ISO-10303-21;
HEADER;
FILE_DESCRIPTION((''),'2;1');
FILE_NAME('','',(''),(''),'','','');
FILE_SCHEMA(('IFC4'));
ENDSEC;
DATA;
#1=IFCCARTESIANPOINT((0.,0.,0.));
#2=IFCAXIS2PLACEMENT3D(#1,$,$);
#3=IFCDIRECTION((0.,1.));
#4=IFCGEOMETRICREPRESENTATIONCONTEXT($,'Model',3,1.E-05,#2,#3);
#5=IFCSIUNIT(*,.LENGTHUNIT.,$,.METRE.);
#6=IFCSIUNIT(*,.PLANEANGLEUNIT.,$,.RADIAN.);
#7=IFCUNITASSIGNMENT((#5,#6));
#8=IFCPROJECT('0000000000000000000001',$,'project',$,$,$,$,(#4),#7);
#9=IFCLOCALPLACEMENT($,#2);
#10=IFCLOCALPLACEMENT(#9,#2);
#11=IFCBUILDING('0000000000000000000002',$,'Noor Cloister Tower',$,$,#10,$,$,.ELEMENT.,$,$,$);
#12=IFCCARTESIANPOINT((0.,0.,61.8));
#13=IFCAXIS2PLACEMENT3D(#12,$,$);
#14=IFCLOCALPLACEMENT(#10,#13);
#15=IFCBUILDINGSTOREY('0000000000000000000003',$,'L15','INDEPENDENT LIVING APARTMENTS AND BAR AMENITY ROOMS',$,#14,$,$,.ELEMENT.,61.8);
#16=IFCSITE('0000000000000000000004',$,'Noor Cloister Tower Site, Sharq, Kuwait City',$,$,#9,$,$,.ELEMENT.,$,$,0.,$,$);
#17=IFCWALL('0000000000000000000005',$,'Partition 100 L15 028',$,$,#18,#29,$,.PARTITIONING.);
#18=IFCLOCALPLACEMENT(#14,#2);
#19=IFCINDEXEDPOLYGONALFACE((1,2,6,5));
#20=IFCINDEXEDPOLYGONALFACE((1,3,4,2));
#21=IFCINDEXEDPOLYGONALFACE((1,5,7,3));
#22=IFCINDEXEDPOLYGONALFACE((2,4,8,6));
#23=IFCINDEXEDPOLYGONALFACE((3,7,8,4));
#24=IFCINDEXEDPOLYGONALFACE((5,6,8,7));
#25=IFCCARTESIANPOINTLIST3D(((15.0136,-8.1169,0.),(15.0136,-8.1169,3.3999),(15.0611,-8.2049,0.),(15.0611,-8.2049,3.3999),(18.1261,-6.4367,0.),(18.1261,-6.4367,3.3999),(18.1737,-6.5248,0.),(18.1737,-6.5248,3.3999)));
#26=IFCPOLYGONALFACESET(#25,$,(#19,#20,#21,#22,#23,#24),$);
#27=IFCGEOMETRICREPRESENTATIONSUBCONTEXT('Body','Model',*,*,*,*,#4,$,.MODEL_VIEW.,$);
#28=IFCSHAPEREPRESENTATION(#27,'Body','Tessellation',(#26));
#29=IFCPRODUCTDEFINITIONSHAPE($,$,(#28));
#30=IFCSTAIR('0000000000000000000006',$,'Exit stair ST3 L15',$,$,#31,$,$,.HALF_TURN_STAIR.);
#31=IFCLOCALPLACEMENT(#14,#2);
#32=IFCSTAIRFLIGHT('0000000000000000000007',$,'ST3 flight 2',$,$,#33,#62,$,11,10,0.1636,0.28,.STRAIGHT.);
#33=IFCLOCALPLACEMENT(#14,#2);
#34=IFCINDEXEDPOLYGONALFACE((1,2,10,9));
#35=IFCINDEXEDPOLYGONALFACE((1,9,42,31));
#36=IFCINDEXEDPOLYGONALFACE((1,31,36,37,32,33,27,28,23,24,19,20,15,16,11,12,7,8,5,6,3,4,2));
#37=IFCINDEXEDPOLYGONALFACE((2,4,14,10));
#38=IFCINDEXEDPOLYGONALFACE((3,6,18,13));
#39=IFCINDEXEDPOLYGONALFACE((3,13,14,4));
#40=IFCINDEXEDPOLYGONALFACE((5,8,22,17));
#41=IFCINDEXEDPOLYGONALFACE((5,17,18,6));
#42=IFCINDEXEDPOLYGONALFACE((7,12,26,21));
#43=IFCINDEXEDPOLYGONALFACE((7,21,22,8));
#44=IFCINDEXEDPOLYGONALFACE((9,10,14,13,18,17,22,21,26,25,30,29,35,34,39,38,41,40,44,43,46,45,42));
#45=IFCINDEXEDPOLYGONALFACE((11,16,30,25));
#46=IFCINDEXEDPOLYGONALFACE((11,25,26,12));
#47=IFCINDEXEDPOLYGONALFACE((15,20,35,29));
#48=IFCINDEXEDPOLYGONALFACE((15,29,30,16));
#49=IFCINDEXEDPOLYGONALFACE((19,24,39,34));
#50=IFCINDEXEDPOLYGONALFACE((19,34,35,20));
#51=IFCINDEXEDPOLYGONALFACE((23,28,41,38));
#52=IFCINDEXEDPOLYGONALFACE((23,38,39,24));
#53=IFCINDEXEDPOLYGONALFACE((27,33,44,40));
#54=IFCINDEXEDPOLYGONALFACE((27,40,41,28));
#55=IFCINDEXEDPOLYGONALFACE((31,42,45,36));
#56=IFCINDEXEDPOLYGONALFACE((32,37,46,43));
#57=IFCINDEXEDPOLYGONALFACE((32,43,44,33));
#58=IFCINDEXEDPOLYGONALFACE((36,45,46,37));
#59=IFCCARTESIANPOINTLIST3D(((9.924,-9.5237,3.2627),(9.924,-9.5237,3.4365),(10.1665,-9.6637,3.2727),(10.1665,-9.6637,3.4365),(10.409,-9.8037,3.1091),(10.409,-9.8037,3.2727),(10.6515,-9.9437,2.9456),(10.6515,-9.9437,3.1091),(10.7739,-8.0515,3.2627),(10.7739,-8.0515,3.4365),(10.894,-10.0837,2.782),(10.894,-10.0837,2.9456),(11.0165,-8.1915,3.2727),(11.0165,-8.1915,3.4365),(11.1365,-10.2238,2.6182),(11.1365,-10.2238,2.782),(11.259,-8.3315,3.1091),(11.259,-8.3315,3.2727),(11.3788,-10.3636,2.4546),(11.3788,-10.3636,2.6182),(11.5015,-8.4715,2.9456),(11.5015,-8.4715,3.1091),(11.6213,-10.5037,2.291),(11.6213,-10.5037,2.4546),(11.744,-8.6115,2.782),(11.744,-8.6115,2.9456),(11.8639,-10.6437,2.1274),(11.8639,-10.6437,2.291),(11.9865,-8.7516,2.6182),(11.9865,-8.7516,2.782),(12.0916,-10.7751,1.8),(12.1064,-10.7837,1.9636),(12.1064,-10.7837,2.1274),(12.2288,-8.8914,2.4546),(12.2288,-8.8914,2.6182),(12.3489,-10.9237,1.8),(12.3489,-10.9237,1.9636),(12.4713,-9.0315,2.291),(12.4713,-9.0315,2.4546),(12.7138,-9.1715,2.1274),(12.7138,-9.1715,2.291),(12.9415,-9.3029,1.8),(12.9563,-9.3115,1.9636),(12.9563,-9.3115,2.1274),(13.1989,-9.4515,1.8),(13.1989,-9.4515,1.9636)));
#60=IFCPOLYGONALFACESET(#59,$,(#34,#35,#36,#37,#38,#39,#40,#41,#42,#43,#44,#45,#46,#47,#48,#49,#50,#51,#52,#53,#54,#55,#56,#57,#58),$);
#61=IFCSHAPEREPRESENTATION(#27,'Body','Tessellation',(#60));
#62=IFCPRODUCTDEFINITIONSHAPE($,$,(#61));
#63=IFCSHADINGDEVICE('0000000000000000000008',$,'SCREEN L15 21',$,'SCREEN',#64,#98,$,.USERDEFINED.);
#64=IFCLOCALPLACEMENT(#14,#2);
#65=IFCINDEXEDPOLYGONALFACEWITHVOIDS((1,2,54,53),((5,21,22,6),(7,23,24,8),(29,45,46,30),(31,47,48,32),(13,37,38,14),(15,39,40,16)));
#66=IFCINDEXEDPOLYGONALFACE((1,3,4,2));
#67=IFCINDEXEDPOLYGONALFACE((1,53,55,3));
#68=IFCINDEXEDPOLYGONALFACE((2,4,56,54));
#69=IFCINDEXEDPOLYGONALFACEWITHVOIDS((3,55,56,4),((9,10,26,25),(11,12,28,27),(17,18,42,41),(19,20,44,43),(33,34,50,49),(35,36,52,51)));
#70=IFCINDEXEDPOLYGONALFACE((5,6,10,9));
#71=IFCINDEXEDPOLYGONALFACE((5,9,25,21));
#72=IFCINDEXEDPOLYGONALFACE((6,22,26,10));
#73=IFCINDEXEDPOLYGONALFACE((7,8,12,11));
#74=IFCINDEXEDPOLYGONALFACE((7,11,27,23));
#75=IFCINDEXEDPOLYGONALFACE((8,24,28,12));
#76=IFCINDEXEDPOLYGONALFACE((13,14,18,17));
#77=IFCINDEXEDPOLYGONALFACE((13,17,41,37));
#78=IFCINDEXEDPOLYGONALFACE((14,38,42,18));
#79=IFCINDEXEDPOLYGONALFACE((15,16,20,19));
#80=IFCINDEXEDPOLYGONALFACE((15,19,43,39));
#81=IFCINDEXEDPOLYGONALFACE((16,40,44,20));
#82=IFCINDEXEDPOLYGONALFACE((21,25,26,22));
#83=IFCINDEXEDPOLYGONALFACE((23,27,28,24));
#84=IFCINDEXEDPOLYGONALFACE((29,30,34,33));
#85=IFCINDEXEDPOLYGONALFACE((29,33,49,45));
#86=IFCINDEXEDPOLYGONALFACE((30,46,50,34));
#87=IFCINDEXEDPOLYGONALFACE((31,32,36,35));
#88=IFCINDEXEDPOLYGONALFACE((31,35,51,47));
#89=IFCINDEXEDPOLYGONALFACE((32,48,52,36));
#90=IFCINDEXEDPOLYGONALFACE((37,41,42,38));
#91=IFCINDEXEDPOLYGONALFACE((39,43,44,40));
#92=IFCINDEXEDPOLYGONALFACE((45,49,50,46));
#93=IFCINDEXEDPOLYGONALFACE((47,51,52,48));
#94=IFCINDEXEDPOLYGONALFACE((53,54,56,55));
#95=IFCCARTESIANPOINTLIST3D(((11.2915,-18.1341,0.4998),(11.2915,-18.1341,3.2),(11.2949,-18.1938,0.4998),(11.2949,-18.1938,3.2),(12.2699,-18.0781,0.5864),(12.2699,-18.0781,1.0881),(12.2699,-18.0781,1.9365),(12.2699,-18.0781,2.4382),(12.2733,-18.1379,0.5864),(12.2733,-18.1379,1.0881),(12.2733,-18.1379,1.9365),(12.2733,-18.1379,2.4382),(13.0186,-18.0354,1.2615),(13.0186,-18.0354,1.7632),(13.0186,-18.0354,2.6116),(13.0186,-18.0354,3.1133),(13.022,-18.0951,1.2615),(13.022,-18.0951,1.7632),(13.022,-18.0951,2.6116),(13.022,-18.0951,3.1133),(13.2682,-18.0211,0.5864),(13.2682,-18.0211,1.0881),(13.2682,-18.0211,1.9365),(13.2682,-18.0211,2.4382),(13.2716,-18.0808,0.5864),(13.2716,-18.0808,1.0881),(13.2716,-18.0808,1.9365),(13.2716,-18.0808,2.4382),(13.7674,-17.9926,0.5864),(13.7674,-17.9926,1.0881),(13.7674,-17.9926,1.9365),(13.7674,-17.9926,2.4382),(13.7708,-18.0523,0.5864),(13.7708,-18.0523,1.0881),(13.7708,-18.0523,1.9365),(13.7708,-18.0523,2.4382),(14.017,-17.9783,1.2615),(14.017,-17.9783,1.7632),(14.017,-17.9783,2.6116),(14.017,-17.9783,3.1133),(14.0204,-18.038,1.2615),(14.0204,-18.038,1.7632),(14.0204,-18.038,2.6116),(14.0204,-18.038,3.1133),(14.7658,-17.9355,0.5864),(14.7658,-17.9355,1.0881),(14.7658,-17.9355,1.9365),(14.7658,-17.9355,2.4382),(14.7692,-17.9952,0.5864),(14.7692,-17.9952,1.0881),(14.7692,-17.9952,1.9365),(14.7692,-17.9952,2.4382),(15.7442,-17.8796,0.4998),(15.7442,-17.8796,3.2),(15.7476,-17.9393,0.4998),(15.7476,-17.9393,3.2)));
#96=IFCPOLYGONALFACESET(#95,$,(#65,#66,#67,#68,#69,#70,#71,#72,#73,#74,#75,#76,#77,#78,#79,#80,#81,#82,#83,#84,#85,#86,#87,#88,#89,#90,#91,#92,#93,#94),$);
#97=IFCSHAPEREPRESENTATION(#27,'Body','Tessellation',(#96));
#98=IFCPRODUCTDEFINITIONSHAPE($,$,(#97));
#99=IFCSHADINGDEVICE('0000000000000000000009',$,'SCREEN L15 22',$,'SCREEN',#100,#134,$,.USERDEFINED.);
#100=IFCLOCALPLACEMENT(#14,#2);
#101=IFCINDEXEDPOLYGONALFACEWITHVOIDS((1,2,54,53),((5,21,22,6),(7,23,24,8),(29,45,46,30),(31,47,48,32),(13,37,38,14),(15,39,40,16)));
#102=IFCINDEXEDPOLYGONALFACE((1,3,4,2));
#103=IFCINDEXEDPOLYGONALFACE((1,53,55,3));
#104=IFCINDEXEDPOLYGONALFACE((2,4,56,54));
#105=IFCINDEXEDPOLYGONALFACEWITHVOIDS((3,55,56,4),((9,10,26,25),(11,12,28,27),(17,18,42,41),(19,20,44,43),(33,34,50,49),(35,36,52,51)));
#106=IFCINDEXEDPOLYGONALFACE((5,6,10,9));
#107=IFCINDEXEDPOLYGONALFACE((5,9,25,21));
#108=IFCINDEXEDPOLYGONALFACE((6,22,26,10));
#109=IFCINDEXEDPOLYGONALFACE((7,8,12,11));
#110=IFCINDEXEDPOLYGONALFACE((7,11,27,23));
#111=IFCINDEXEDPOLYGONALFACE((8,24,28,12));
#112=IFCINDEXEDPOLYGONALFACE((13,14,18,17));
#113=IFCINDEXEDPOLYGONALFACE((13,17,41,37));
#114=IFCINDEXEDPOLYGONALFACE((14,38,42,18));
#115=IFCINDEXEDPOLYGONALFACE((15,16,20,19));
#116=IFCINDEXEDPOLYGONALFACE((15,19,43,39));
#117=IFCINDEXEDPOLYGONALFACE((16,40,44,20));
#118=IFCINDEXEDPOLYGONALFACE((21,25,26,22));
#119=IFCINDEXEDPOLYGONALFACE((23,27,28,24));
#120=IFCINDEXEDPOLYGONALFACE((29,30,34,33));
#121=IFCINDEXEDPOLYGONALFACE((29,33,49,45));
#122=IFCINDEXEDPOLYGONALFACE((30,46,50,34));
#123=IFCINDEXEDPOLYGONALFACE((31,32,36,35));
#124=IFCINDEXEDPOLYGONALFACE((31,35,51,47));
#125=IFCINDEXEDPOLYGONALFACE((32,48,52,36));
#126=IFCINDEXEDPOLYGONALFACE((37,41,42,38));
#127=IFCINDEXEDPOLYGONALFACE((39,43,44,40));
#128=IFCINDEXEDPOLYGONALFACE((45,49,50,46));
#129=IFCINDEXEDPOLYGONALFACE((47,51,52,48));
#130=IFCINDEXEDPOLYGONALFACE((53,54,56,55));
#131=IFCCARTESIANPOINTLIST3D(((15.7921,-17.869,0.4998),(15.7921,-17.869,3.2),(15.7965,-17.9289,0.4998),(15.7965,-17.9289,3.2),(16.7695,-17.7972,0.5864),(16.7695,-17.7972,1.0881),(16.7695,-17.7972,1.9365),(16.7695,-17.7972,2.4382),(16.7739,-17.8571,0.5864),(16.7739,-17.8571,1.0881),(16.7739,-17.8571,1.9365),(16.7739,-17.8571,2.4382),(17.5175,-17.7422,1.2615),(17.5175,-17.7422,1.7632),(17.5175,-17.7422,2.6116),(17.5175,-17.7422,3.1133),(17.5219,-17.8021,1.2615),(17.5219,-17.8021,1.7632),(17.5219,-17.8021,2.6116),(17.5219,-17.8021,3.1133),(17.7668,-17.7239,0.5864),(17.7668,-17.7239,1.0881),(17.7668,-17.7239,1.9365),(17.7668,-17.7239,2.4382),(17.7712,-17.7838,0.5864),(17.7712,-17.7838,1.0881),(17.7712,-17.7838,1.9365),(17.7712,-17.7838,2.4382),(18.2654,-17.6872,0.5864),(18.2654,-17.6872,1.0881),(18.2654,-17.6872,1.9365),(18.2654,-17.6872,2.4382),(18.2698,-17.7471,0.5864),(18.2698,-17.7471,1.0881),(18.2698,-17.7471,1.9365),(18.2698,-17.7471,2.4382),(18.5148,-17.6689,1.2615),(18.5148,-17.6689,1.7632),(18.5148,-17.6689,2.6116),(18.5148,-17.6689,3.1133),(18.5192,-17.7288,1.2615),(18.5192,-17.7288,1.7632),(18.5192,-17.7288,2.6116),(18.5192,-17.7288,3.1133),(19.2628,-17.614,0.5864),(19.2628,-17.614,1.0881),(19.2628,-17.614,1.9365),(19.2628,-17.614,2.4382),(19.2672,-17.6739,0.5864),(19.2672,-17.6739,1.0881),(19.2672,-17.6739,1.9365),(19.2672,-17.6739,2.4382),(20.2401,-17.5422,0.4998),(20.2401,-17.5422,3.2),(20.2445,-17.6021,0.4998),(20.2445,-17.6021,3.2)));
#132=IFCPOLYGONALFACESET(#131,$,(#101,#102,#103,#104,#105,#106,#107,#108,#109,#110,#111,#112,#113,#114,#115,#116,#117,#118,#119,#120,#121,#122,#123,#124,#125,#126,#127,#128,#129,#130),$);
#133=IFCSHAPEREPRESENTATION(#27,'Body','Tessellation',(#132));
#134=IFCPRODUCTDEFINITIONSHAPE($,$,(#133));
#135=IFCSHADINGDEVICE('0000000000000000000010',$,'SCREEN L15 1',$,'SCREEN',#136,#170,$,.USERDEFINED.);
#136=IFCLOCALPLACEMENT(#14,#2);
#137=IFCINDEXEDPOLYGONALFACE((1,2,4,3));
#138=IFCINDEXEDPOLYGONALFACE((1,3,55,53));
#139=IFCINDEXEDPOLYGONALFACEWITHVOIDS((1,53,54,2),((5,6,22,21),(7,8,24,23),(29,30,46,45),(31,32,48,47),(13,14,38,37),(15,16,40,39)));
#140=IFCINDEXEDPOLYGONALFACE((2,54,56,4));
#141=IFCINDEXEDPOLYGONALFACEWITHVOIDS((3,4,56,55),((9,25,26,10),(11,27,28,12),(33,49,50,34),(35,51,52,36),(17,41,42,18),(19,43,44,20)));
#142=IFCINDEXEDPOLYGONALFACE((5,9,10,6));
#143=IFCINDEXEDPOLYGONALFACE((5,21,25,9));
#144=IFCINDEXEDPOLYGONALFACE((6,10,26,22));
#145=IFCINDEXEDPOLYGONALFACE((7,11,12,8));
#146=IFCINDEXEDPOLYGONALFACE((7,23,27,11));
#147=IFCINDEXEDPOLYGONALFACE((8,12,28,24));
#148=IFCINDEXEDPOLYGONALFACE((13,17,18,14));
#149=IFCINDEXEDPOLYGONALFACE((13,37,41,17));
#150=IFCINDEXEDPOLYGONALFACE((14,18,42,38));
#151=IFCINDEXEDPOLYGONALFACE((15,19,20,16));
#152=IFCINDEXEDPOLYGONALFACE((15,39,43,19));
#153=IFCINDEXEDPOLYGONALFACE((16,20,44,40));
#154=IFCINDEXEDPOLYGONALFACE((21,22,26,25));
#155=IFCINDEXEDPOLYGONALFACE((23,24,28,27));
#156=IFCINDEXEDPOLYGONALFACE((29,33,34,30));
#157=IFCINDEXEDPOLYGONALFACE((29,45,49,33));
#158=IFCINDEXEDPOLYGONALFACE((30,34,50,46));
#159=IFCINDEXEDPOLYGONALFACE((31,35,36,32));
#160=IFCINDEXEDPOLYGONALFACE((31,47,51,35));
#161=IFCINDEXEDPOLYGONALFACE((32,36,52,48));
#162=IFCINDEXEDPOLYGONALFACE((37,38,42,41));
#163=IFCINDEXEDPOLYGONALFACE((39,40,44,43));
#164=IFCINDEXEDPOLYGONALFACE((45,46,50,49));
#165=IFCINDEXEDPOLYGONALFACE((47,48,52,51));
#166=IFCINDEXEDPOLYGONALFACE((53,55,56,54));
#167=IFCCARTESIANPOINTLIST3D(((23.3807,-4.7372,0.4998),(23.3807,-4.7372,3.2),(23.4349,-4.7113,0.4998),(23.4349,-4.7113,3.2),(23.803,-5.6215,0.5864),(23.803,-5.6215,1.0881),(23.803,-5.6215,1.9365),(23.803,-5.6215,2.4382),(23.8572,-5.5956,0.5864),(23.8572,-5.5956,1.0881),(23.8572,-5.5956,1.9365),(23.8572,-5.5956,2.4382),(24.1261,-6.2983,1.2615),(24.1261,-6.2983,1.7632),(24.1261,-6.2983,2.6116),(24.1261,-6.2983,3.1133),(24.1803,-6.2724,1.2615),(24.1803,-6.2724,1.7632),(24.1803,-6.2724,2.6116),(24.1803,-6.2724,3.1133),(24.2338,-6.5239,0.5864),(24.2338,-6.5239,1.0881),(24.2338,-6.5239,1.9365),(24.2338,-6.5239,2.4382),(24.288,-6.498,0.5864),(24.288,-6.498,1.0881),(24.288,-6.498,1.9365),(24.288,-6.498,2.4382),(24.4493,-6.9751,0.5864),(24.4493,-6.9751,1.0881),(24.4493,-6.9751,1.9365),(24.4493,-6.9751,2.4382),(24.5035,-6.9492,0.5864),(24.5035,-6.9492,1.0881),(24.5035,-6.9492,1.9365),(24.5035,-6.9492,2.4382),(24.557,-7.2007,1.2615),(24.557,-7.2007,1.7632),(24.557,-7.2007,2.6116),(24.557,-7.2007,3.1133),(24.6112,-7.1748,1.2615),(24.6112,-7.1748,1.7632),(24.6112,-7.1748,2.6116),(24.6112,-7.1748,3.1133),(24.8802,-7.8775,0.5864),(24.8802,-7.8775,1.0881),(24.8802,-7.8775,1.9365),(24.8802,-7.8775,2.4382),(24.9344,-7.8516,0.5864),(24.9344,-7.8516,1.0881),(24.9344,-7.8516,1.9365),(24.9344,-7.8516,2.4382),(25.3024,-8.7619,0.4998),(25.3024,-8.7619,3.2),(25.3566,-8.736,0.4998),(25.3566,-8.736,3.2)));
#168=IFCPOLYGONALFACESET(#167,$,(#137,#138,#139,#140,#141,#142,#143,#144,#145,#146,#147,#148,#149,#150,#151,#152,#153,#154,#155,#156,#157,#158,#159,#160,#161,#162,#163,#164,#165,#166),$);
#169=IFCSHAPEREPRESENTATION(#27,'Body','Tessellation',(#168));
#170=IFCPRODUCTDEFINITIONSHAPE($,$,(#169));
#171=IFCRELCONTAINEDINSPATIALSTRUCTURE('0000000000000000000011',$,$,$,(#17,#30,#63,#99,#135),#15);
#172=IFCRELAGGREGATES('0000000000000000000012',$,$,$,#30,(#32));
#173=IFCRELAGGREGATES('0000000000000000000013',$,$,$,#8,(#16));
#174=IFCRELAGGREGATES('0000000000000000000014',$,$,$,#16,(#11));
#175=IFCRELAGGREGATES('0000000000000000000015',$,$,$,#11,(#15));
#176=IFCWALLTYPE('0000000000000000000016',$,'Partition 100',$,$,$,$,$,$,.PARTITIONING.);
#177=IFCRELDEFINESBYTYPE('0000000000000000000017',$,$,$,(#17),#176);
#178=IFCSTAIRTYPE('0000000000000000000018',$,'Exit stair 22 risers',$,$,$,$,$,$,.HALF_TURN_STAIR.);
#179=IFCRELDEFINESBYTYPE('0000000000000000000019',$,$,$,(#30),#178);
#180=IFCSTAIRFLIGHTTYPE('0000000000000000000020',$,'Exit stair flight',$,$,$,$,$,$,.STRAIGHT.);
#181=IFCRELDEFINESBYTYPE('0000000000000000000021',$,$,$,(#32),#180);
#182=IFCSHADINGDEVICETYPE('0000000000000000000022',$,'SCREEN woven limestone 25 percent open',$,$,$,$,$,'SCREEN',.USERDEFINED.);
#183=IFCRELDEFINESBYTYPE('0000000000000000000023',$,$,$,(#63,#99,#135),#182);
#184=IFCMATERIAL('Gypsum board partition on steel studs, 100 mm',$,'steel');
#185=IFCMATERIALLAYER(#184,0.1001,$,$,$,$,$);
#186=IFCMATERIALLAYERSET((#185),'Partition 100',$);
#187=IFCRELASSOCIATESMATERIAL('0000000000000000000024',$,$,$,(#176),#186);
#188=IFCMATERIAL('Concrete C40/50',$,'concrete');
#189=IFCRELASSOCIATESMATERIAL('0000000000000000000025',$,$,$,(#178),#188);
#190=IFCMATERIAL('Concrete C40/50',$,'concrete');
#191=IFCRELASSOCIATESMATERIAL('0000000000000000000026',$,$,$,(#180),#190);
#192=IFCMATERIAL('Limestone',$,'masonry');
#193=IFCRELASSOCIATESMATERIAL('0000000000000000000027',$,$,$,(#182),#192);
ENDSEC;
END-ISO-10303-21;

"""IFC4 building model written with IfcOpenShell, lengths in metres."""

from ifc_helpers import new_model, si_unit, direction, frame, frame_2d, origin, place, context, subcontext, project, spatial, polyline, rectangle, outline, extrude, material, layer, layer_set, material_profile, profile_set, type_object, element, aggregate, save


model = new_model("IFC4")

# Units and contexts
model_context = context("Model", 3, precision=1e-05, world=origin(), true_north=direction((0.0, 1.0)))
body_context = subcontext(model_context, "Body", "Model", "MODEL_VIEW")
ifc_project = project(units=[si_unit("LENGTHUNIT", "METRE"), si_unit("PLANEANGLEUNIT", "RADIAN")], contexts=[model_context])

# Site, building, storey
site_placement = place(None, origin())
site = spatial("IfcSite", under=ifc_project, at=site_placement, Name="Noor Cloister Tower Site, Sharq, Kuwait City", CompositionType="ELEMENT", RefElevation=0.0)
building_placement = place(site_placement, origin())
building = spatial("IfcBuilding", under=site, at=building_placement, Name="Noor Cloister Tower", CompositionType="ELEMENT")
storey_placement = place(building_placement, frame((0.0, 0.0, 61.8)))
storey = spatial("IfcBuildingStorey", under=building, at=storey_placement, Name="L15", Description="INDEPENDENT LIVING APARTMENTS AND BAR AMENITY ROOMS", CompositionType="ELEMENT", Elevation=61.8)

# Shared definitions
ifc_material_1 = material(Name="Gypsum board partition on steel studs, 100 mm", Category="steel")
ifc_layer_1 = layer(ifc_material_1, 0.1001)
ifc_layer_set_1 = layer_set([ifc_layer_1], Name="Partition 100")
wall_type_1 = type_object("IfcWallType", Name="Partition 100", PredefinedType="PARTITIONING", material=ifc_layer_set_1)

# Wall
wall_1_placement = place(storey_placement, frame((18.1499, -6.4807, 0.0), z_axis=(0.0, 0.0, 1.0), x_axis=(-0.879976, -0.475017, 0.0)))
element("IfcWall", 1, at=wall_1_placement, inside=storey, type_object=wall_type_1, Name="Partition 100 L15 028", PredefinedType="PARTITIONING", context=body_context, shape_type="SweptSolid", body=[
    extrude(rectangle(XDim=3.5371, YDim=0.1001, at=frame_2d((1.7686, 0.0))), origin(), (0.0, 0.0, 1.0), 3.3999),
])

# Stair, stair flight
ifc_material_2 = material(Name="Concrete C40/50", Category="concrete")
stair_type = type_object("IfcStairType", Name="Exit stair 22 risers", PredefinedType="HALF_TURN_STAIR", material=ifc_material_2)
stair_placement = place(storey_placement, origin())
stair = element("IfcStair", 2, at=stair_placement, inside=storey, type_object=stair_type, Name="Exit stair ST3 L15", PredefinedType="HALF_TURN_STAIR")
ifc_material_3 = material(Name="Concrete C40/50", Category="concrete")
stair_flight_type = type_object("IfcStairFlightType", Name="Exit stair flight", PredefinedType="STRAIGHT", material=ifc_material_3)
stair_flight_placement = place(storey_placement, frame((12.7739, -10.1875, 1.8), z_axis=(0.0, 0.0, 1.0), x_axis=(-0.866025, 0.5, 0.0)))
stair_flight = element("IfcStairFlight", 3, at=stair_flight_placement, type_object=stair_flight_type, Name="ST3 flight 2", NumberOfRisers=11, NumberOfTreads=10, PredefinedType="STRAIGHT", RiserHeight=0.1636, TreadLength=0.28, context=body_context, shape_type="SweptSolid", body=[
    extrude(outline(polyline([(0.0, 0.0), (0.0, 0.1636), (0.28, 0.1636), (0.28, 0.3274), (0.5601, 0.3274), (0.5601, 0.491), (0.8401, 0.491), (0.8401, 0.6545), (1.1201, 0.6545), (1.1201, 0.8181), (1.3999, 0.8181), (1.3999, 0.9819), (1.6799, 0.9819), (1.6799, 1.1455), (1.96, 1.1455), (1.96, 1.3091), (2.24, 1.3091), (2.24, 1.4727), (2.52, 1.4727), (2.52, 1.6365), (2.8, 1.6365), (2.8, 1.8), (2.8, 1.4626), (0.2971, 0.0), (0.0, 0.0)])), frame((0.0, 0.8501, 0.0), z_axis=(0.0, -1.0, 0.0), x_axis=(1.0, 0.0, 0.0)), (0.0, 0.0, 1.0), 1.7),
])
aggregate(stair, [stair_flight])

# Shading devices
ifc_material_4 = material(Name="Limestone", Category="masonry")
ifc_material_profile_1 = material_profile(ifc_material_4, outline(polyline([(-2.23, -1.3501), (2.23, -1.3501), (2.23, 1.3501), (-2.23, 1.3501), (-2.23, -1.3501)]), holes=[polyline([(-1.25, -1.2634), (-0.25, -1.2634), (-0.25, -0.7617), (-1.25, -0.7617), (-1.25, -1.2634)]), polyline([(0.25, -1.2634), (1.25, -1.2634), (1.25, -0.7617), (0.25, -0.7617), (0.25, -1.2634)]), polyline([(-0.5, -0.5884), (0.5, -0.5884), (0.5, -0.0867), (-0.5, -0.0867), (-0.5, -0.5884)]), polyline([(-1.25, 0.0867), (-0.25, 0.0867), (-0.25, 0.5884), (-1.25, 0.5884), (-1.25, 0.0867)]), polyline([(0.25, 0.0867), (1.25, 0.0867), (1.25, 0.5884), (0.25, 0.5884), (0.25, 0.0867)]), polyline([(-0.5, 0.7617), (0.5, 0.7617), (0.5, 1.2634), (-0.5, 1.2634), (-0.5, 0.7617)])]), Name="Woven screen 25 percent open")
ifc_profile_set_1 = profile_set([ifc_material_profile_1], Name="Limestone")
shading_device_type = type_object("IfcShadingDeviceType", Name="SCREEN woven limestone 25 percent open", ElementType="SCREEN", PredefinedType="USERDEFINED", material=ifc_profile_set_1)
shading_device_placement = place(storey_placement, frame((13.5178, -18.0068, 1.8499), z_axis=(0.05705, -0.998371, 0.0), x_axis=(0.998371, 0.05705, 0.0)))
element("IfcShadingDevice", 4, at=shading_device_placement, inside=storey, type_object=shading_device_type, Name="SCREEN L15 21", ObjectType="SCREEN", PredefinedType="USERDEFINED", context=body_context, shape_type="SweptSolid", body=[
    extrude(outline(polyline([(-2.23, -1.3501), (2.23, -1.3501), (2.23, 1.3501), (-2.23, 1.3501), (-2.23, -1.3501)]), holes=[polyline([(-1.25, -1.2634), (-0.25, -1.2634), (-0.25, -0.7617), (-1.25, -0.7617), (-1.25, -1.2634)]), polyline([(0.25, -1.2634), (1.25, -1.2634), (1.25, -0.7617), (0.25, -0.7617), (0.25, -1.2634)]), polyline([(-0.5, -0.5884), (0.5, -0.5884), (0.5, -0.0867), (-0.5, -0.0867), (-0.5, -0.5884)]), polyline([(-1.25, 0.0867), (-0.25, 0.0867), (-0.25, 0.5884), (-1.25, 0.5884), (-1.25, 0.0867)]), polyline([(0.25, 0.0867), (1.25, 0.0867), (1.25, 0.5884), (0.25, 0.5884), (0.25, 0.0867)]), polyline([(-0.5, 0.7617), (0.5, 0.7617), (0.5, 1.2634), (-0.5, 1.2634), (-0.5, 0.7617)])]), origin(), (0.0, 0.0, 1.0), 0.0598),
])
for number, where, z_axis, x_axis, name in (
    (5, (18.0161, -17.7056, 1.8499), (0.073272, -0.997312, 0.0), (0.997312, 0.073272, 0.0), "SCREEN L15 22"),
    (6, (24.3416, -6.7495, 1.8499), (0.902409, 0.43088, 0.0), (-0.43088, 0.902409, 0.0), "SCREEN L15 1"),
):
    element("IfcShadingDevice", number, at=place(storey_placement, frame(where, z_axis=z_axis, x_axis=x_axis)), inside=storey, type_object=shading_device_type, Name=name, ObjectType="SCREEN", PredefinedType="USERDEFINED", context=body_context, shape_type="SweptSolid", body=[
        extrude(outline(polyline([(-2.23, -1.3501), (2.23, -1.3501), (2.23, 1.3501), (-2.23, 1.3501), (-2.23, -1.3501)]), holes=[polyline([(-1.25, -1.2634), (-0.25, -1.2634), (-0.25, -0.7617), (-1.25, -0.7617), (-1.25, -1.2634)]), polyline([(0.25, -1.2634), (1.25, -1.2634), (1.25, -0.7617), (0.25, -0.7617), (0.25, -1.2634)]), polyline([(-0.5, -0.5884), (0.5, -0.5884), (0.5, -0.0867), (-0.5, -0.0867), (-0.5, -0.5884)]), polyline([(-1.25, 0.0867), (-0.25, 0.0867), (-0.25, 0.5884), (-1.25, 0.5884), (-1.25, 0.0867)]), polyline([(0.25, 0.0867), (1.25, 0.0867), (1.25, 0.5884), (0.25, 0.5884), (0.25, 0.0867)]), polyline([(-0.5, 0.7617), (0.5, 0.7617), (0.5, 1.2634), (-0.5, 1.2634), (-0.5, 0.7617)])]), origin(), (0.0, 0.0, 1.0), 0.0601),
    ])

save(model, "model.ifc")
